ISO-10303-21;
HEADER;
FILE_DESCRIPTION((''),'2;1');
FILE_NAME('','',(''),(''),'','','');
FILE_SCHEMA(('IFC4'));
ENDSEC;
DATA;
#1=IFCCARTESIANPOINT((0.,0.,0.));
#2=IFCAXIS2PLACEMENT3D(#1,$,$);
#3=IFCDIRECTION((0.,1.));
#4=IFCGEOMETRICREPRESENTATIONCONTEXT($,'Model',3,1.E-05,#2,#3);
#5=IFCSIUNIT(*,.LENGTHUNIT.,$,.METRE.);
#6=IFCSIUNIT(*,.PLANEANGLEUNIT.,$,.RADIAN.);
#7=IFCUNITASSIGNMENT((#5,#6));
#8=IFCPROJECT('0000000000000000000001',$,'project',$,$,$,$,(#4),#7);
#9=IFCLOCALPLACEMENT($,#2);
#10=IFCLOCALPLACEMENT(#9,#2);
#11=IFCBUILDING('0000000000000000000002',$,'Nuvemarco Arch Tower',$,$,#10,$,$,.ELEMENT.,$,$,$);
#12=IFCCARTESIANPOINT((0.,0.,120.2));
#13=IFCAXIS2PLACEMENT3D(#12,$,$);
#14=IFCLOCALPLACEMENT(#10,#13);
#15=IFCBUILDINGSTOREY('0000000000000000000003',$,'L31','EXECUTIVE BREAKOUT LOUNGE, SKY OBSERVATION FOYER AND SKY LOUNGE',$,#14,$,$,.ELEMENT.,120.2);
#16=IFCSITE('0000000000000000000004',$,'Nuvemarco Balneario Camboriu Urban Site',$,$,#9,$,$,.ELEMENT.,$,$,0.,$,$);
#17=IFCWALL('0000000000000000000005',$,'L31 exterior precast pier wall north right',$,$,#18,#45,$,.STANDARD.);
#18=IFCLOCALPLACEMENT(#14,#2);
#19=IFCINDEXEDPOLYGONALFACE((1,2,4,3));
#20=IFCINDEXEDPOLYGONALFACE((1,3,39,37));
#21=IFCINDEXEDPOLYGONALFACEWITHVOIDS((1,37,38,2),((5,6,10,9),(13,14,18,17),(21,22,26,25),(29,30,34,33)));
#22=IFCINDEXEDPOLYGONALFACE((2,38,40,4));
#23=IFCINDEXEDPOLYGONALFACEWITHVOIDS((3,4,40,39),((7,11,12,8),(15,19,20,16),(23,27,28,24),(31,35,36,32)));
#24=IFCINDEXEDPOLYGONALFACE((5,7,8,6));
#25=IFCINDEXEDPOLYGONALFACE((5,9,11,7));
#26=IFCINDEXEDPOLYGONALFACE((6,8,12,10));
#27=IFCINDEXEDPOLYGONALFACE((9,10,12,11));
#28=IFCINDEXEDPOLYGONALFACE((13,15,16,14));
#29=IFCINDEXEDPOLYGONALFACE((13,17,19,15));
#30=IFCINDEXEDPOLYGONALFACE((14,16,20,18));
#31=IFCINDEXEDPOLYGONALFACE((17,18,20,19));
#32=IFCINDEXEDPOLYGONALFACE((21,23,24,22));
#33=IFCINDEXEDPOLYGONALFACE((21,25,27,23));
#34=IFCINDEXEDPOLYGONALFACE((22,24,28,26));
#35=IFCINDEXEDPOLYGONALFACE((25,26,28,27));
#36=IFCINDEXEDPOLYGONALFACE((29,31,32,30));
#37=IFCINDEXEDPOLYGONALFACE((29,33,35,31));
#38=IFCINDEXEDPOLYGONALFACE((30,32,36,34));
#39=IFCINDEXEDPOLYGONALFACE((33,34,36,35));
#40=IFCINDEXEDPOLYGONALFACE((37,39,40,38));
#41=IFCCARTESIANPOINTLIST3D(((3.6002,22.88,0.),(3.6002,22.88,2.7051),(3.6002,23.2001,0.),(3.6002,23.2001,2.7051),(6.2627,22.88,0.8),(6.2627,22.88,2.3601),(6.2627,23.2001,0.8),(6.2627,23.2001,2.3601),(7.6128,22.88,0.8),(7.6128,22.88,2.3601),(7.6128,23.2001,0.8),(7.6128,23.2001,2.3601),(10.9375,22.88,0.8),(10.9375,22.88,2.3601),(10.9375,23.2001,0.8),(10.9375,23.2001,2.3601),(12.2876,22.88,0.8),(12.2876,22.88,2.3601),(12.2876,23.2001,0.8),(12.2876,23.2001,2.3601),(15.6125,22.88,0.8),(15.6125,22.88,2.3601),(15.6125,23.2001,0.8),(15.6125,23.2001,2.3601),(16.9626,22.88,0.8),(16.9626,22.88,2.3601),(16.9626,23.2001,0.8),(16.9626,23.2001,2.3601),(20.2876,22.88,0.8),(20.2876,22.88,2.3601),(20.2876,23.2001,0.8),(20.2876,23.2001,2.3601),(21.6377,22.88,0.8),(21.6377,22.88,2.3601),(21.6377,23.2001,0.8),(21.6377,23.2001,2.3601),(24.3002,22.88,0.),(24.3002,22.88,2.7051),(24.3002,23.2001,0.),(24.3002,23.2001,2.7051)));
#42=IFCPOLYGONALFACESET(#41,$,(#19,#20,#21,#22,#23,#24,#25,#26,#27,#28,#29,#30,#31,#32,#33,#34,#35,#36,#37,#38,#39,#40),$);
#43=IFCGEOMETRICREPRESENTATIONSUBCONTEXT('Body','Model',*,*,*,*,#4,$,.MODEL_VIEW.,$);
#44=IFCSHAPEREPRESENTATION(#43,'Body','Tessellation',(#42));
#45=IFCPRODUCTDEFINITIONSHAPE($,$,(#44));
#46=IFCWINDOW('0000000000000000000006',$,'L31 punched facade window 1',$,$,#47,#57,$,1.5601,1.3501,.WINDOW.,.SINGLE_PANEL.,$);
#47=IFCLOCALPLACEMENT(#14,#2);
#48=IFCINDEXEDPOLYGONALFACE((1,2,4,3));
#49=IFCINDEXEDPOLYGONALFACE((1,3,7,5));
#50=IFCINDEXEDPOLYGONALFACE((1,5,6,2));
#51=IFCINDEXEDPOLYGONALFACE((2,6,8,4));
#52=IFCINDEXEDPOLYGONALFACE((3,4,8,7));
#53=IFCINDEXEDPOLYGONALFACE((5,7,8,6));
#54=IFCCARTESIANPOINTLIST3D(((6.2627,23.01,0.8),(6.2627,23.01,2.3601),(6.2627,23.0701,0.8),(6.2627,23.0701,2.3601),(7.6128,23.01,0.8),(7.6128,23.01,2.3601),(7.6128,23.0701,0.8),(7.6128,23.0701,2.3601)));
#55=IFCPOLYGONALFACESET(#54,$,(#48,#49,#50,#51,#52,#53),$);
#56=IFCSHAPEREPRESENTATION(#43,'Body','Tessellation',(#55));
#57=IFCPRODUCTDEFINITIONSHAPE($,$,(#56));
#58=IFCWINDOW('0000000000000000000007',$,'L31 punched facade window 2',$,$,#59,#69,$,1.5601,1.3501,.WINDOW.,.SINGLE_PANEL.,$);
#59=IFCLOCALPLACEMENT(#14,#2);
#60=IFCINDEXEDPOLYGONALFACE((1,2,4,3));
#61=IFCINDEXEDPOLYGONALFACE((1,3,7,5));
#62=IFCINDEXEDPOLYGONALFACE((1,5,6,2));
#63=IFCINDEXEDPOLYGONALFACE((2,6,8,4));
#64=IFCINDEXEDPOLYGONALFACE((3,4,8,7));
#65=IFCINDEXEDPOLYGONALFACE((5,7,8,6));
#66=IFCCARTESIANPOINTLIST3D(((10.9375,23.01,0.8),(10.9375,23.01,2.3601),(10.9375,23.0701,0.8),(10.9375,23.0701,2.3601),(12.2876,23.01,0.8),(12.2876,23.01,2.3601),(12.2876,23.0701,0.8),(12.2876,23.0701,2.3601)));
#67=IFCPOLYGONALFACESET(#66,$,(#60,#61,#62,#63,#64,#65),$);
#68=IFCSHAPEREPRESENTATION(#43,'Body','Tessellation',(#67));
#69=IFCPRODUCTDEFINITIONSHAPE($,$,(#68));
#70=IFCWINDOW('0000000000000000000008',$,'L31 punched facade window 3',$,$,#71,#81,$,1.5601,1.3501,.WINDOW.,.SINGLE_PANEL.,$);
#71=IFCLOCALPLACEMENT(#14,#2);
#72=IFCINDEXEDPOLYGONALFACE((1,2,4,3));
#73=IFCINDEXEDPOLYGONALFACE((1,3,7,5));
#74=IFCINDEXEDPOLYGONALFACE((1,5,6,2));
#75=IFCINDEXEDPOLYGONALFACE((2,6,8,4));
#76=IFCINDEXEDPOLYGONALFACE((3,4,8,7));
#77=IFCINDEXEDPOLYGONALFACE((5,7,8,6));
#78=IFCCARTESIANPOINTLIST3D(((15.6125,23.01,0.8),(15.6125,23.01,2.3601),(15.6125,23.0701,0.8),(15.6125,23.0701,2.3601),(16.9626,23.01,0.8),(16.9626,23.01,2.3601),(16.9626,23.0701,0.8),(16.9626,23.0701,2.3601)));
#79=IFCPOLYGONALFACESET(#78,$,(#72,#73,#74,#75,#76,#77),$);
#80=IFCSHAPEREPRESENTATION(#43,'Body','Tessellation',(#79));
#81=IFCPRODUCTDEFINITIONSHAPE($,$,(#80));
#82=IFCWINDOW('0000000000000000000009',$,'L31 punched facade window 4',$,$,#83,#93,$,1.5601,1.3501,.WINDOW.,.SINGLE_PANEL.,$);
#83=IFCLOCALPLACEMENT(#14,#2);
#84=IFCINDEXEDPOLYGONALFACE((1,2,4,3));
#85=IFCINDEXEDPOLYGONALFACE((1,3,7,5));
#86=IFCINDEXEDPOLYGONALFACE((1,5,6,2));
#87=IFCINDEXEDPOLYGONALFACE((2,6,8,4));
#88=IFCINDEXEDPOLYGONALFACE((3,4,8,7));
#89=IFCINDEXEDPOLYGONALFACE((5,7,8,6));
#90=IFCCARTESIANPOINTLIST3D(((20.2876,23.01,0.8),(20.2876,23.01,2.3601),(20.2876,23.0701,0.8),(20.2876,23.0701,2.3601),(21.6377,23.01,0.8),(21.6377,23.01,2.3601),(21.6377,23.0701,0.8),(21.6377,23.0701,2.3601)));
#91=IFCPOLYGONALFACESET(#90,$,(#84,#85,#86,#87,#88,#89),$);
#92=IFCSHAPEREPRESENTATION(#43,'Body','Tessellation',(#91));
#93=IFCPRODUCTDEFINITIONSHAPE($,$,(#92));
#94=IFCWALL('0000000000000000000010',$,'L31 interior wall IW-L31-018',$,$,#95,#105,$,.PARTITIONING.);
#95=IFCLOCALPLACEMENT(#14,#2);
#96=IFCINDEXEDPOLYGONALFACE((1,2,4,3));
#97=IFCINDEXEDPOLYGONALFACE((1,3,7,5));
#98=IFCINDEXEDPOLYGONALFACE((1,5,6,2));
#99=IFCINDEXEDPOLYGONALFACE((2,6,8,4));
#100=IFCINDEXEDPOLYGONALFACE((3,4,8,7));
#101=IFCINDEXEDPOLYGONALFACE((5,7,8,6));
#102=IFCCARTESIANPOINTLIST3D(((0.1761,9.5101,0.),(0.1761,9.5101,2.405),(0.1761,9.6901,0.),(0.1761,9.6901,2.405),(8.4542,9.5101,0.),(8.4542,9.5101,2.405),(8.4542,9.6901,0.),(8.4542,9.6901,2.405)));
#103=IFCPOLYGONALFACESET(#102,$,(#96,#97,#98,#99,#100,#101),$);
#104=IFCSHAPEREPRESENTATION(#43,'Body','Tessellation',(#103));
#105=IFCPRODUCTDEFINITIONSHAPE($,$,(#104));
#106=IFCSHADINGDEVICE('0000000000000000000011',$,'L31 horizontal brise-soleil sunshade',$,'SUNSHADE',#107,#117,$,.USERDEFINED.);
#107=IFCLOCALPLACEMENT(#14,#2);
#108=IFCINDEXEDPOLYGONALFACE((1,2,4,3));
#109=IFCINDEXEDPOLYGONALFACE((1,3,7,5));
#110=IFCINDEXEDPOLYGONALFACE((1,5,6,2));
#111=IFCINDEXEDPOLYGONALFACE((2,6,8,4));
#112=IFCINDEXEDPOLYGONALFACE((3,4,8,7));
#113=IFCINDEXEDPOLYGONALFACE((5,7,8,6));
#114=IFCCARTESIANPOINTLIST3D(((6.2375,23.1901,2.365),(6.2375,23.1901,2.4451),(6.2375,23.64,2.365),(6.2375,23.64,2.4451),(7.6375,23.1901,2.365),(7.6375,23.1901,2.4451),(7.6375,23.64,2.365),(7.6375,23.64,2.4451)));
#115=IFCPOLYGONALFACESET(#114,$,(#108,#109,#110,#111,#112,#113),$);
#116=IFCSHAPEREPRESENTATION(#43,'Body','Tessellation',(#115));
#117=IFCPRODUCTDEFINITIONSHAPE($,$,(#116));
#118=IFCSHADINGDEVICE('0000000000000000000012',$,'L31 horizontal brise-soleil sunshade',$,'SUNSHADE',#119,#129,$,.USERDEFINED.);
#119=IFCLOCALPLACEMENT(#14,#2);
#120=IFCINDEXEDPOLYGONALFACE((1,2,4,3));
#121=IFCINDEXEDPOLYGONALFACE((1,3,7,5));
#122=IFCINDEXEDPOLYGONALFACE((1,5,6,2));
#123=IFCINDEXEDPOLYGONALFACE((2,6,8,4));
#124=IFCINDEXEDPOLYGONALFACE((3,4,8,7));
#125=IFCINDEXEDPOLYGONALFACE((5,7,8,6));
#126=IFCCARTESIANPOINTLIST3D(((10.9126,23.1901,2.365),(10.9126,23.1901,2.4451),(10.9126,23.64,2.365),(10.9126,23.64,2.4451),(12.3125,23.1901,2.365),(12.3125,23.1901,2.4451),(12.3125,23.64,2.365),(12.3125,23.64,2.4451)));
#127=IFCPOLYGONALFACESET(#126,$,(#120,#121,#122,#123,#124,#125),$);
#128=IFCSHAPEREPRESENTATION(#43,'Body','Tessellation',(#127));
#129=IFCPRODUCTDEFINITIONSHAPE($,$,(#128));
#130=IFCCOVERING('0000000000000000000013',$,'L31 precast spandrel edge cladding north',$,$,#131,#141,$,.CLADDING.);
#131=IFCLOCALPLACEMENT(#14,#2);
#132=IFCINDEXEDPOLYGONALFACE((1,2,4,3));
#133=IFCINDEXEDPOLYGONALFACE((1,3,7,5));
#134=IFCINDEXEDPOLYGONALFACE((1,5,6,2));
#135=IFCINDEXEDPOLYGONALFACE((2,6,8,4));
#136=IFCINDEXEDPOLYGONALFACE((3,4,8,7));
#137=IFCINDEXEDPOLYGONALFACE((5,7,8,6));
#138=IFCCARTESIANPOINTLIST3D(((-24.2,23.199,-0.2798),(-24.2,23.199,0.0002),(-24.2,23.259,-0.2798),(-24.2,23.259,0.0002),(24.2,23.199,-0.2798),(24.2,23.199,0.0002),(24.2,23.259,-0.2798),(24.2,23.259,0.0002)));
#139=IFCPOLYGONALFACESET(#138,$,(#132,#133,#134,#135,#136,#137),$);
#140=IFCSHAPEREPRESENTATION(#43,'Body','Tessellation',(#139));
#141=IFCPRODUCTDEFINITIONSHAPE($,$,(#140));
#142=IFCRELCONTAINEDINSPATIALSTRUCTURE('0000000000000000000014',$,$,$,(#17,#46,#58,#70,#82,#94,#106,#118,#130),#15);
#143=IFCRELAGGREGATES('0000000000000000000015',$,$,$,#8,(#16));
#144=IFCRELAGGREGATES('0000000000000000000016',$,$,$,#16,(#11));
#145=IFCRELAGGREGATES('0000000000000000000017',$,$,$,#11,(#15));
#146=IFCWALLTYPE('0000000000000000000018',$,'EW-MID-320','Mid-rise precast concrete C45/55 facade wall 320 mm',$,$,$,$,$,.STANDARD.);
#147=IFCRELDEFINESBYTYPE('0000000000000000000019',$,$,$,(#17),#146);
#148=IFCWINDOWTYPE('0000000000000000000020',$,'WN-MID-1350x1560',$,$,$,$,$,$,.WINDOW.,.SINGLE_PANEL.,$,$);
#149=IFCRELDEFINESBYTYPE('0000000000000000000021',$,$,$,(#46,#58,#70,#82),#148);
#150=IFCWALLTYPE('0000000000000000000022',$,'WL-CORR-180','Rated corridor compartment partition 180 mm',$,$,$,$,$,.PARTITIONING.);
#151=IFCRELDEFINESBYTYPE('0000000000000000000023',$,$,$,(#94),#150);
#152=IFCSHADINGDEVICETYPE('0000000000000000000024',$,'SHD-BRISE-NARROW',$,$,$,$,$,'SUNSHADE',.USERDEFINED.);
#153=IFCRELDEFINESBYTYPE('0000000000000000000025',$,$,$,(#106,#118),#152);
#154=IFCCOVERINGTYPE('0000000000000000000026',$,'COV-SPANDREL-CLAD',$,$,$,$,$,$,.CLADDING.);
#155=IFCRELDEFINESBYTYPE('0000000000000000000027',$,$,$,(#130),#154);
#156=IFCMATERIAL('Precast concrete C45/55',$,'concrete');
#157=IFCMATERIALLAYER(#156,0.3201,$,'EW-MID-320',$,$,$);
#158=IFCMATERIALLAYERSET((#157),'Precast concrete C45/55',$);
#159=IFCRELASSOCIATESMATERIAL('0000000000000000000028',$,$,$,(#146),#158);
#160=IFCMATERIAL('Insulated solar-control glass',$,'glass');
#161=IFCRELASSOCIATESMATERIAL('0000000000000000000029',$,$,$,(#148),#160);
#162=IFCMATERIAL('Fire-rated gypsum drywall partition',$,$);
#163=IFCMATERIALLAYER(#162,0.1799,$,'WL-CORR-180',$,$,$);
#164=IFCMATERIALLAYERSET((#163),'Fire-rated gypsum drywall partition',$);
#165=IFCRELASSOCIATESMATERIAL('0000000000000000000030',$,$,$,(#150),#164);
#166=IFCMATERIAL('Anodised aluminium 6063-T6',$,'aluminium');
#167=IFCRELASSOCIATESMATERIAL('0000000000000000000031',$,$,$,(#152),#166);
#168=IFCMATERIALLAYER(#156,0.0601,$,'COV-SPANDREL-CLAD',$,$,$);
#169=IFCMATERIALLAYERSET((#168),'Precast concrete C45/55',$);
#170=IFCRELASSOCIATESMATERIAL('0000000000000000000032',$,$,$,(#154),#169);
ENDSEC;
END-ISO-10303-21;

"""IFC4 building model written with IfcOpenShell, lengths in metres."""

from ifc_helpers import new_model, si_unit, direction, frame, frame_2d, origin, origin_2d, place, context, subcontext, project, spatial, rectangle, extrude, source, transform, mapped, material, layer, layer_set, type_object, type_shapes, element, fill, save


model = new_model("IFC4")

# Units and contexts
model_context = context("Model", 3, precision=1e-05, world=origin(), true_north=direction((0.0, 1.0)))
body_context = subcontext(model_context, "Body", "Model", "MODEL_VIEW")
ifc_project = project(units=[si_unit("LENGTHUNIT", "METRE"), si_unit("PLANEANGLEUNIT", "RADIAN")], contexts=[model_context])

# Site, building, storey
site_placement = place(None, origin())
site = spatial("IfcSite", under=ifc_project, at=site_placement, Name="Nuvemarco Balneario Camboriu Urban Site", CompositionType="ELEMENT", RefElevation=0.0)
building_placement = place(site_placement, origin())
building = spatial("IfcBuilding", under=site, at=building_placement, Name="Nuvemarco Arch Tower", CompositionType="ELEMENT")
storey_placement = place(building_placement, frame((0.0, 0.0, 120.2)))
storey = spatial("IfcBuildingStorey", under=building, at=storey_placement, Name="L31", Description="EXECUTIVE BREAKOUT LOUNGE, SKY OBSERVATION FOYER AND SKY LOUNGE", CompositionType="ELEMENT", Elevation=120.2)

# Shared definitions
ifc_material_1 = material(Name="Precast concrete C45/55", Category="concrete")

# Wall, openings, windows
ifc_layer_1 = layer(ifc_material_1, 0.3201, Name="EW-MID-320")
ifc_layer_set_1 = layer_set([ifc_layer_1], Name="Precast concrete C45/55")
wall_type_1 = type_object("IfcWallType", Name="EW-MID-320", Description="Mid-rise precast concrete C45/55 facade wall 320 mm", PredefinedType="STANDARD", material=ifc_layer_set_1)
wall_1_placement = place(storey_placement, frame((3.6001, 23.04, 0.0), z_axis=(0.0, 0.0, 1.0), x_axis=(1.0, 0.0, 0.0)))
wall_1 = element("IfcWall", 1, at=wall_1_placement, inside=storey, type_object=wall_type_1, Name="L31 exterior precast pier wall north right", PredefinedType="STANDARD", context=body_context, shape_type="SweptSolid", body=[
    extrude(rectangle(XDim=20.7, YDim=0.3201, at=frame_2d((10.3501, 0.0))), origin(), (0.0, 0.0, 1.0), 2.7051),
])
opening_1_placement = place(wall_1_placement, frame((2.6626, 0.0, 0.8)))
opening_1 = element("IfcOpeningElement", 2, at=opening_1_placement, cuts=wall_1, PredefinedType="OPENING", context=body_context, shape_type="SweptSolid", body=[
    extrude(rectangle(XDim=1.3501, YDim=1.5601, at=frame_2d((0.675, 0.78))), frame((0.0, 0.1699, 0.0), z_axis=(0.0, -1.0, 0.0), x_axis=(1.0, 0.0, 0.0)), (0.0, 0.0, 1.0), 0.3401),
])
opening_2_placement = place(wall_1_placement, frame((7.3374, 0.0, 0.8)))
opening_2 = element("IfcOpeningElement", 3, at=opening_2_placement, cuts=wall_1, PredefinedType="OPENING", context=body_context, shape_type="SweptSolid", body=[
    extrude(rectangle(XDim=1.3501, YDim=1.5601, at=frame_2d((0.675, 0.78))), frame((0.0, 0.1699, 0.0), z_axis=(0.0, -1.0, 0.0), x_axis=(1.0, 0.0, 0.0)), (0.0, 0.0, 1.0), 0.3401),
])
opening_3_placement = place(wall_1_placement, frame((12.0125, 0.0, 0.8)))
opening_3 = element("IfcOpeningElement", 4, at=opening_3_placement, cuts=wall_1, PredefinedType="OPENING", context=body_context, shape_type="SweptSolid", body=[
    extrude(rectangle(XDim=1.3501, YDim=1.5601, at=frame_2d((0.675, 0.78))), frame((0.0, 0.1699, 0.0), z_axis=(0.0, -1.0, 0.0), x_axis=(1.0, 0.0, 0.0)), (0.0, 0.0, 1.0), 0.3401),
])
opening_4_placement = place(wall_1_placement, frame((16.6875, 0.0, 0.8)))
opening_4 = element("IfcOpeningElement", 5, at=opening_4_placement, cuts=wall_1, PredefinedType="OPENING", context=body_context, shape_type="SweptSolid", body=[
    extrude(rectangle(XDim=1.3501, YDim=1.5601, at=frame_2d((0.675, 0.78))), frame((0.0, 0.1699, 0.0), z_axis=(0.0, -1.0, 0.0), x_axis=(1.0, 0.0, 0.0)), (0.0, 0.0, 1.0), 0.3401),
])
ifc_material_2 = material(Name="Insulated solar-control glass", Category="glass")
window_type = type_object("IfcWindowType", Name="WN-MID-1350x1560", PartitioningType="SINGLE_PANEL", PredefinedType="WINDOW", material=ifc_material_2)
shared_shape_1 = source(origin(), body_context, "Body", "SweptSolid", [
    extrude(rectangle(XDim=1.3501, YDim=1.5601, at=frame_2d((0.675, 0.78))), frame((0.0, 0.03, 0.0), z_axis=(0.0, -1.0, 0.0), x_axis=(1.0, 0.0, 0.0)), (0.0, 0.0, 1.0), 0.0601),
])
type_shapes(window_type, [shared_shape_1])
window_1_placement = place(opening_1_placement, origin())
window_1 = element("IfcWindow", 6, at=window_1_placement, inside=storey, type_object=window_type, Name="L31 punched facade window 1", OverallHeight=1.5601, OverallWidth=1.3501, PartitioningType="SINGLE_PANEL", PredefinedType="WINDOW", context=body_context, shape_type="MappedRepresentation", body=[
    mapped(shared_shape_1, transform((0.0, 0.0, 0.0), scale=1.0)),
])
fill(opening_1, window_1)
window_2_placement = place(opening_2_placement, origin())
window_2 = element("IfcWindow", 7, at=window_2_placement, inside=storey, type_object=window_type, Name="L31 punched facade window 2", OverallHeight=1.5601, OverallWidth=1.3501, PartitioningType="SINGLE_PANEL", PredefinedType="WINDOW", context=body_context, shape_type="MappedRepresentation", body=[
    mapped(shared_shape_1, transform((0.0, 0.0, 0.0), scale=1.0)),
])
fill(opening_2, window_2)
window_3_placement = place(opening_3_placement, origin())
window_3 = element("IfcWindow", 8, at=window_3_placement, inside=storey, type_object=window_type, Name="L31 punched facade window 3", OverallHeight=1.5601, OverallWidth=1.3501, PartitioningType="SINGLE_PANEL", PredefinedType="WINDOW", context=body_context, shape_type="MappedRepresentation", body=[
    mapped(shared_shape_1, transform((0.0, 0.0, 0.0), scale=1.0)),
])
fill(opening_3, window_3)
window_4_placement = place(opening_4_placement, origin())
window_4 = element("IfcWindow", 9, at=window_4_placement, inside=storey, type_object=window_type, Name="L31 punched facade window 4", OverallHeight=1.5601, OverallWidth=1.3501, PartitioningType="SINGLE_PANEL", PredefinedType="WINDOW", context=body_context, shape_type="MappedRepresentation", body=[
    mapped(shared_shape_1, transform((0.0, 0.0, 0.0), scale=1.0)),
])
fill(opening_4, window_4)

# Wall
ifc_material_3 = material(Name="Fire-rated gypsum drywall partition")
ifc_layer_2 = layer(ifc_material_3, 0.1799, Name="WL-CORR-180")
ifc_layer_set_2 = layer_set([ifc_layer_2], Name="Fire-rated gypsum drywall partition")
wall_type_2 = type_object("IfcWallType", Name="WL-CORR-180", Description="Rated corridor compartment partition 180 mm", PredefinedType="PARTITIONING", material=ifc_layer_set_2)
wall_2_placement = place(storey_placement, frame((0.176, 9.6001, 0.0), z_axis=(0.0, 0.0, 1.0), x_axis=(1.0, 0.0, 0.0)))
element("IfcWall", 10, at=wall_2_placement, inside=storey, type_object=wall_type_2, Name="L31 interior wall IW-L31-018", PredefinedType="PARTITIONING", context=body_context, shape_type="SweptSolid", body=[
    extrude(rectangle(XDim=8.2781, YDim=0.1799, at=frame_2d((4.1392, 0.0))), origin(), (0.0, 0.0, 1.0), 2.405),
])

# Shading devices
ifc_material_4 = material(Name="Anodised aluminium 6063-T6", Category="aluminium")
shading_device_type = type_object("IfcShadingDeviceType", Name="SHD-BRISE-NARROW", ElementType="SUNSHADE", PredefinedType="USERDEFINED", material=ifc_material_4)
shared_shape_2 = source(origin(), body_context, "Body", "SweptSolid", [
    extrude(rectangle(XDim=1.3999, YDim=0.45, at=origin_2d()), origin(), (0.0, 0.0, 1.0), 0.0801),
])
type_shapes(shading_device_type, [shared_shape_2])
for number, where, z_axis, x_axis, name in (
    (11, (6.9375, 23.415, 2.365), (0.0, 0.0, 1.0), (1.0, 0.0, 0.0), "L31 horizontal brise-soleil sunshade"),
    (12, (11.6125, 23.415, 2.365), (0.0, 0.0, 1.0), (1.0, 0.0, 0.0), "L31 horizontal brise-soleil sunshade"),
):
    element("IfcShadingDevice", number, at=place(storey_placement, frame(where, z_axis=z_axis, x_axis=x_axis)), inside=storey, type_object=shading_device_type, Name=name, ObjectType="SUNSHADE", PredefinedType="USERDEFINED", context=body_context, shape_type="MappedRepresentation", body=[
        mapped(shared_shape_2, transform((0.0, 0.0, 0.0), scale=1.0)),
    ])

# Covering
ifc_layer_3 = layer(ifc_material_1, 0.0601, Name="COV-SPANDREL-CLAD")
ifc_layer_set_3 = layer_set([ifc_layer_3], Name="Precast concrete C45/55")
covering_type = type_object("IfcCoveringType", Name="COV-SPANDREL-CLAD", PredefinedType="CLADDING", material=ifc_layer_set_3)
shared_shape_3 = source(origin(), body_context, "Body", "SweptSolid", [
    extrude(rectangle(XDim=48.3999, YDim=0.0601, at=origin_2d()), origin(), (0.0, 0.0, 1.0), 0.28),
])
type_shapes(covering_type, [shared_shape_3])
covering_placement = place(storey_placement, frame((0.0, 23.229, -0.2798), z_axis=(0.0, 0.0, 1.0), x_axis=(1.0, 0.0, 0.0)))
element("IfcCovering", 13, at=covering_placement, inside=storey, type_object=covering_type, Name="L31 precast spandrel edge cladding north", PredefinedType="CLADDING", context=body_context, shape_type="MappedRepresentation", body=[
    mapped(shared_shape_3, transform((0.0, 0.0, 0.0), scale=1.0)),
])

save(model, "model.ifc")
